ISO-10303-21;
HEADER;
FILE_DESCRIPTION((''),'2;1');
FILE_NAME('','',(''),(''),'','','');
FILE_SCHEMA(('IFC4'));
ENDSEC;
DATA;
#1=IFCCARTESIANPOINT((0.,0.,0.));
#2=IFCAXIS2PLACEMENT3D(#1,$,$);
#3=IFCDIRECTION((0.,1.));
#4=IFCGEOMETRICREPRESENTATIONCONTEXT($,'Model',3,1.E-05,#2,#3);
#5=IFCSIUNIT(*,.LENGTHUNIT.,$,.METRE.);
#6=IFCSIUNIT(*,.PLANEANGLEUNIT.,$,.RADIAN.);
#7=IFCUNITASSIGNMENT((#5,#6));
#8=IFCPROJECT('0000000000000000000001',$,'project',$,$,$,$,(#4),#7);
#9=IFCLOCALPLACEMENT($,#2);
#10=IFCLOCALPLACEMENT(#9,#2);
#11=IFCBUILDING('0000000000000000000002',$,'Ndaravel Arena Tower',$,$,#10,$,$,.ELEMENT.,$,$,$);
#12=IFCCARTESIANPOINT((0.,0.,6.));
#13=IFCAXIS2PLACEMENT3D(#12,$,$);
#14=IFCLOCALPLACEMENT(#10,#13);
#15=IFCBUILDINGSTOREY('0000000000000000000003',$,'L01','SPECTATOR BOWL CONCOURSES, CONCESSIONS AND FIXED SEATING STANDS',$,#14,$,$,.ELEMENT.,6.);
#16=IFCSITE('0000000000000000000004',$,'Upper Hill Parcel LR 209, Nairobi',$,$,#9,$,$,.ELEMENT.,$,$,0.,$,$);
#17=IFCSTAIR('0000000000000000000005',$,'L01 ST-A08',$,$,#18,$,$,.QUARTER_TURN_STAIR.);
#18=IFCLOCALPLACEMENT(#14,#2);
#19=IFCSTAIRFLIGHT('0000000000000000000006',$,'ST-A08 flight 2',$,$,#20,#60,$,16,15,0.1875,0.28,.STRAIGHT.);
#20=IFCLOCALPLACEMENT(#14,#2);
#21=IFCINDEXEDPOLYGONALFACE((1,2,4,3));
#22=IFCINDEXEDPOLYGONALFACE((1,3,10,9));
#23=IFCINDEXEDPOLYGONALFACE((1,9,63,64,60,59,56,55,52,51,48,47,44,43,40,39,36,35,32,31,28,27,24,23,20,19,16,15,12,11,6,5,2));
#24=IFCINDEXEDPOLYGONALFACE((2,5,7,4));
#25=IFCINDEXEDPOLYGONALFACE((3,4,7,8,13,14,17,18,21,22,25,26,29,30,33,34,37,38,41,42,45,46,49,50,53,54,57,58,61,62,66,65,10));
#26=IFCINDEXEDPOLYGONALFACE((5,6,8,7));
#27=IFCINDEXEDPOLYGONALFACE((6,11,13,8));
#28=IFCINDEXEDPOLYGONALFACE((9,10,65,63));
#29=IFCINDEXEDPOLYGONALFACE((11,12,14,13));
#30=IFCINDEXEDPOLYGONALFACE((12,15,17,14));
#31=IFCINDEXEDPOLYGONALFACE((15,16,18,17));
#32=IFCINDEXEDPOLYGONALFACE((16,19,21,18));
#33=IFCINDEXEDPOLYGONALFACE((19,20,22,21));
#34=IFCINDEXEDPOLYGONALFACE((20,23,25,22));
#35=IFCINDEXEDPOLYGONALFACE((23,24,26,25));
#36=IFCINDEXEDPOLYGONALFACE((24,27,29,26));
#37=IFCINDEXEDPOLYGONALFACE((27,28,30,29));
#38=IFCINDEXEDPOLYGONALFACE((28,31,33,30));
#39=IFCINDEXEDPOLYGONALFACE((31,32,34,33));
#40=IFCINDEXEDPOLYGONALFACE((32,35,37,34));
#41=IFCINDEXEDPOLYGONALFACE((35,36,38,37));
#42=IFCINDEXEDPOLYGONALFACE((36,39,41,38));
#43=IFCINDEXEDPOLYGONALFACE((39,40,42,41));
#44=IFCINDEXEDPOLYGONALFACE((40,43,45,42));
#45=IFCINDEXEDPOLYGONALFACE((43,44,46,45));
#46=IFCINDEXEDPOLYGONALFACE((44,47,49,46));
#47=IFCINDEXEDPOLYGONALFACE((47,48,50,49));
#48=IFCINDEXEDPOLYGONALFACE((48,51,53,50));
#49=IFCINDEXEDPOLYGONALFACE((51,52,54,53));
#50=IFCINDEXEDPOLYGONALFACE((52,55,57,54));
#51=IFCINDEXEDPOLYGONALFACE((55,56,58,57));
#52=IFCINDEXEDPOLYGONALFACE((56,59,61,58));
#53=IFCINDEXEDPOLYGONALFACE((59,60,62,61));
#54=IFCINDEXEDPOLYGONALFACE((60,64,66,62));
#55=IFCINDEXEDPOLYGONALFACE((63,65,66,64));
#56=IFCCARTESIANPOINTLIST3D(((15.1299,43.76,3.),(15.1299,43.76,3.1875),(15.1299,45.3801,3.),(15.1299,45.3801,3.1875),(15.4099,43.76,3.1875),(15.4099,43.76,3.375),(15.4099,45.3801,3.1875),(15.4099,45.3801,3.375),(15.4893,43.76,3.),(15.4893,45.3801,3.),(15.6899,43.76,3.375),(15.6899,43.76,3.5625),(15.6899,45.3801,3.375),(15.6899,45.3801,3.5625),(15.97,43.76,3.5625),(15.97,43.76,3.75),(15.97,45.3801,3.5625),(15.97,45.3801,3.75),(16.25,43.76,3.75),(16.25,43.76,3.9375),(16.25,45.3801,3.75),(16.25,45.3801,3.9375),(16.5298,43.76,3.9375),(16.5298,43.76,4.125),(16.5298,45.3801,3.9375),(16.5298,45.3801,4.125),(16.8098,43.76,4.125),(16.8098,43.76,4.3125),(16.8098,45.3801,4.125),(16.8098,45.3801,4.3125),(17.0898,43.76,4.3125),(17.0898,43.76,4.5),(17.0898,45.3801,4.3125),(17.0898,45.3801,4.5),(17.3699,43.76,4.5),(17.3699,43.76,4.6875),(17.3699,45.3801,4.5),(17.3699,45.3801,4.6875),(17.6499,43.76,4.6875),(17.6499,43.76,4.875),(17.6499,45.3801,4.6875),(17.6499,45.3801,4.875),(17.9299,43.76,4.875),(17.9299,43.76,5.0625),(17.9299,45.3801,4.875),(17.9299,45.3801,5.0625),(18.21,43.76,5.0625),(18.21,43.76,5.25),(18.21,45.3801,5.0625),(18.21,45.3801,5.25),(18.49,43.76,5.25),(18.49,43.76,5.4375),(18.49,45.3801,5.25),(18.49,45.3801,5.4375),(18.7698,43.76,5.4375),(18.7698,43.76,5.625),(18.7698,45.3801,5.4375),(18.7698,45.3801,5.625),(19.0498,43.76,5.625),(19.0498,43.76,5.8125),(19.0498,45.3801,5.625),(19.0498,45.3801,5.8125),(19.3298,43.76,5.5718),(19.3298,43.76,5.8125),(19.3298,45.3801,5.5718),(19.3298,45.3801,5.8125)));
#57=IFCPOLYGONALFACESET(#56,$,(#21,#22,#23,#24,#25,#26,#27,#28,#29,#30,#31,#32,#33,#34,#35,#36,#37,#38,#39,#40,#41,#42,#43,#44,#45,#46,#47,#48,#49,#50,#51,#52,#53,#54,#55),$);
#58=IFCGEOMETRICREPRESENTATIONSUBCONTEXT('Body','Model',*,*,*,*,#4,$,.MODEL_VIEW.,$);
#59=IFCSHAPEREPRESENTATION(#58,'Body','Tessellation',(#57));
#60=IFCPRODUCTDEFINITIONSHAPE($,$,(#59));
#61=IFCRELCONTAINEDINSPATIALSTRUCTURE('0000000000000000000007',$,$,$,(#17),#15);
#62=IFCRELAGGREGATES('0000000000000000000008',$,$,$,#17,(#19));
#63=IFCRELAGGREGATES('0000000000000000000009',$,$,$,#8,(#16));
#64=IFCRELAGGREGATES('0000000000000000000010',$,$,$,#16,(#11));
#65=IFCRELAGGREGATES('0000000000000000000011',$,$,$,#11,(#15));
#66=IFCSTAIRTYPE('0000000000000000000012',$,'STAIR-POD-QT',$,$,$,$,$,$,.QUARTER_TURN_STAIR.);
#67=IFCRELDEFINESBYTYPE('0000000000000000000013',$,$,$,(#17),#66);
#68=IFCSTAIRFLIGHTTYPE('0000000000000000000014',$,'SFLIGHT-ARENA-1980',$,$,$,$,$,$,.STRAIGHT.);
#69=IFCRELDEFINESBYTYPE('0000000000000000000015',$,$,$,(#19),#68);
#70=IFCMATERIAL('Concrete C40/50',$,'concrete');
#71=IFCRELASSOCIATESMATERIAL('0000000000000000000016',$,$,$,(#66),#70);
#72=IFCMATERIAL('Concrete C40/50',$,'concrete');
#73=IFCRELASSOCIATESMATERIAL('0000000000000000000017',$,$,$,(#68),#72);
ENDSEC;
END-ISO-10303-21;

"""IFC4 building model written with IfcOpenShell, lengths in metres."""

from ifc_helpers import new_model, si_unit, direction, frame, origin, place, context, subcontext, project, spatial, polyline, outline, extrude, material, type_object, element, aggregate, save


model = new_model("IFC4")

# Units and contexts
model_context = context("Model", 3, precision=1e-05, world=origin(), true_north=direction((0.0, 1.0)))
body_context = subcontext(model_context, "Body", "Model", "MODEL_VIEW")
ifc_project = project(units=[si_unit("LENGTHUNIT", "METRE"), si_unit("PLANEANGLEUNIT", "RADIAN")], contexts=[model_context])

# Site, building, storey
site_placement = place(None, origin())
site = spatial("IfcSite", under=ifc_project, at=site_placement, Name="Upper Hill Parcel LR 209, Nairobi", CompositionType="ELEMENT", RefElevation=0.0)
building_placement = place(site_placement, origin())
building = spatial("IfcBuilding", under=site, at=building_placement, Name="Ndaravel Arena Tower", CompositionType="ELEMENT")
storey_placement = place(building_placement, frame((0.0, 0.0, 6.0)))
storey = spatial("IfcBuildingStorey", under=building, at=storey_placement, Name="L01", Description="SPECTATOR BOWL CONCOURSES, CONCESSIONS AND FIXED SEATING STANDS", CompositionType="ELEMENT", Elevation=6.0)

# Stair, stair flight
ifc_material_1 = material(Name="Concrete C40/50", Category="concrete")
stair_type = type_object("IfcStairType", Name="STAIR-POD-QT", PredefinedType="QUARTER_TURN_STAIR", material=ifc_material_1)
stair_placement = place(storey_placement, origin())
stair = element("IfcStair", 1, at=stair_placement, inside=storey, type_object=stair_type, Name="L01 ST-A08", PredefinedType="QUARTER_TURN_STAIR")
ifc_material_2 = material(Name="Concrete C40/50", Category="concrete")
stair_flight_type = type_object("IfcStairFlightType", Name="SFLIGHT-ARENA-1980", PredefinedType="STRAIGHT", material=ifc_material_2)
stair_flight_placement = place(storey_placement, frame((15.1299, 44.5701, 3.0), z_axis=(0.0, 0.0, 1.0), x_axis=(1.0, 0.0, 0.0)))
stair_flight = element("IfcStairFlight", 2, at=stair_flight_placement, type_object=stair_flight_type, Name="ST-A08 flight 2", NumberOfRisers=16, NumberOfTreads=15, PredefinedType="STRAIGHT", RiserHeight=0.1875, TreadLength=0.28, context=body_context, shape_type="SweptSolid", body=[
    extrude(outline(polyline([(0.0, 0.0), (0.0, 0.1875), (0.28, 0.1875), (0.28, 0.375), (0.5601, 0.375), (0.5601, 0.5625), (0.8401, 0.5625), (0.8401, 0.75), (1.1201, 0.75), (1.1201, 0.9375), (1.3999, 0.9375), (1.3999, 1.125), (1.6799, 1.125), (1.6799, 1.3125), (1.96, 1.3125), (1.96, 1.5), (2.24, 1.5), (2.24, 1.6875), (2.52, 1.6875), (2.52, 1.875), (2.8, 1.875), (2.8, 2.0625), (3.0801, 2.0625), (3.0801, 2.25), (3.3601, 2.25), (3.3601, 2.4375), (3.6399, 2.4375), (3.6399, 2.625), (3.9199, 2.625), (3.9199, 2.8125), (4.2, 2.8125), (4.2, 3.0), (4.2, 2.5718), (0.3594, 0.0), (0.0, 0.0)])), frame((0.0, 0.8101, 0.0), z_axis=(0.0, -1.0, 0.0), x_axis=(1.0, 0.0, 0.0)), (0.0, 0.0, 1.0), 1.6201),
])
aggregate(stair, [stair_flight])

save(model, "model.ifc")
